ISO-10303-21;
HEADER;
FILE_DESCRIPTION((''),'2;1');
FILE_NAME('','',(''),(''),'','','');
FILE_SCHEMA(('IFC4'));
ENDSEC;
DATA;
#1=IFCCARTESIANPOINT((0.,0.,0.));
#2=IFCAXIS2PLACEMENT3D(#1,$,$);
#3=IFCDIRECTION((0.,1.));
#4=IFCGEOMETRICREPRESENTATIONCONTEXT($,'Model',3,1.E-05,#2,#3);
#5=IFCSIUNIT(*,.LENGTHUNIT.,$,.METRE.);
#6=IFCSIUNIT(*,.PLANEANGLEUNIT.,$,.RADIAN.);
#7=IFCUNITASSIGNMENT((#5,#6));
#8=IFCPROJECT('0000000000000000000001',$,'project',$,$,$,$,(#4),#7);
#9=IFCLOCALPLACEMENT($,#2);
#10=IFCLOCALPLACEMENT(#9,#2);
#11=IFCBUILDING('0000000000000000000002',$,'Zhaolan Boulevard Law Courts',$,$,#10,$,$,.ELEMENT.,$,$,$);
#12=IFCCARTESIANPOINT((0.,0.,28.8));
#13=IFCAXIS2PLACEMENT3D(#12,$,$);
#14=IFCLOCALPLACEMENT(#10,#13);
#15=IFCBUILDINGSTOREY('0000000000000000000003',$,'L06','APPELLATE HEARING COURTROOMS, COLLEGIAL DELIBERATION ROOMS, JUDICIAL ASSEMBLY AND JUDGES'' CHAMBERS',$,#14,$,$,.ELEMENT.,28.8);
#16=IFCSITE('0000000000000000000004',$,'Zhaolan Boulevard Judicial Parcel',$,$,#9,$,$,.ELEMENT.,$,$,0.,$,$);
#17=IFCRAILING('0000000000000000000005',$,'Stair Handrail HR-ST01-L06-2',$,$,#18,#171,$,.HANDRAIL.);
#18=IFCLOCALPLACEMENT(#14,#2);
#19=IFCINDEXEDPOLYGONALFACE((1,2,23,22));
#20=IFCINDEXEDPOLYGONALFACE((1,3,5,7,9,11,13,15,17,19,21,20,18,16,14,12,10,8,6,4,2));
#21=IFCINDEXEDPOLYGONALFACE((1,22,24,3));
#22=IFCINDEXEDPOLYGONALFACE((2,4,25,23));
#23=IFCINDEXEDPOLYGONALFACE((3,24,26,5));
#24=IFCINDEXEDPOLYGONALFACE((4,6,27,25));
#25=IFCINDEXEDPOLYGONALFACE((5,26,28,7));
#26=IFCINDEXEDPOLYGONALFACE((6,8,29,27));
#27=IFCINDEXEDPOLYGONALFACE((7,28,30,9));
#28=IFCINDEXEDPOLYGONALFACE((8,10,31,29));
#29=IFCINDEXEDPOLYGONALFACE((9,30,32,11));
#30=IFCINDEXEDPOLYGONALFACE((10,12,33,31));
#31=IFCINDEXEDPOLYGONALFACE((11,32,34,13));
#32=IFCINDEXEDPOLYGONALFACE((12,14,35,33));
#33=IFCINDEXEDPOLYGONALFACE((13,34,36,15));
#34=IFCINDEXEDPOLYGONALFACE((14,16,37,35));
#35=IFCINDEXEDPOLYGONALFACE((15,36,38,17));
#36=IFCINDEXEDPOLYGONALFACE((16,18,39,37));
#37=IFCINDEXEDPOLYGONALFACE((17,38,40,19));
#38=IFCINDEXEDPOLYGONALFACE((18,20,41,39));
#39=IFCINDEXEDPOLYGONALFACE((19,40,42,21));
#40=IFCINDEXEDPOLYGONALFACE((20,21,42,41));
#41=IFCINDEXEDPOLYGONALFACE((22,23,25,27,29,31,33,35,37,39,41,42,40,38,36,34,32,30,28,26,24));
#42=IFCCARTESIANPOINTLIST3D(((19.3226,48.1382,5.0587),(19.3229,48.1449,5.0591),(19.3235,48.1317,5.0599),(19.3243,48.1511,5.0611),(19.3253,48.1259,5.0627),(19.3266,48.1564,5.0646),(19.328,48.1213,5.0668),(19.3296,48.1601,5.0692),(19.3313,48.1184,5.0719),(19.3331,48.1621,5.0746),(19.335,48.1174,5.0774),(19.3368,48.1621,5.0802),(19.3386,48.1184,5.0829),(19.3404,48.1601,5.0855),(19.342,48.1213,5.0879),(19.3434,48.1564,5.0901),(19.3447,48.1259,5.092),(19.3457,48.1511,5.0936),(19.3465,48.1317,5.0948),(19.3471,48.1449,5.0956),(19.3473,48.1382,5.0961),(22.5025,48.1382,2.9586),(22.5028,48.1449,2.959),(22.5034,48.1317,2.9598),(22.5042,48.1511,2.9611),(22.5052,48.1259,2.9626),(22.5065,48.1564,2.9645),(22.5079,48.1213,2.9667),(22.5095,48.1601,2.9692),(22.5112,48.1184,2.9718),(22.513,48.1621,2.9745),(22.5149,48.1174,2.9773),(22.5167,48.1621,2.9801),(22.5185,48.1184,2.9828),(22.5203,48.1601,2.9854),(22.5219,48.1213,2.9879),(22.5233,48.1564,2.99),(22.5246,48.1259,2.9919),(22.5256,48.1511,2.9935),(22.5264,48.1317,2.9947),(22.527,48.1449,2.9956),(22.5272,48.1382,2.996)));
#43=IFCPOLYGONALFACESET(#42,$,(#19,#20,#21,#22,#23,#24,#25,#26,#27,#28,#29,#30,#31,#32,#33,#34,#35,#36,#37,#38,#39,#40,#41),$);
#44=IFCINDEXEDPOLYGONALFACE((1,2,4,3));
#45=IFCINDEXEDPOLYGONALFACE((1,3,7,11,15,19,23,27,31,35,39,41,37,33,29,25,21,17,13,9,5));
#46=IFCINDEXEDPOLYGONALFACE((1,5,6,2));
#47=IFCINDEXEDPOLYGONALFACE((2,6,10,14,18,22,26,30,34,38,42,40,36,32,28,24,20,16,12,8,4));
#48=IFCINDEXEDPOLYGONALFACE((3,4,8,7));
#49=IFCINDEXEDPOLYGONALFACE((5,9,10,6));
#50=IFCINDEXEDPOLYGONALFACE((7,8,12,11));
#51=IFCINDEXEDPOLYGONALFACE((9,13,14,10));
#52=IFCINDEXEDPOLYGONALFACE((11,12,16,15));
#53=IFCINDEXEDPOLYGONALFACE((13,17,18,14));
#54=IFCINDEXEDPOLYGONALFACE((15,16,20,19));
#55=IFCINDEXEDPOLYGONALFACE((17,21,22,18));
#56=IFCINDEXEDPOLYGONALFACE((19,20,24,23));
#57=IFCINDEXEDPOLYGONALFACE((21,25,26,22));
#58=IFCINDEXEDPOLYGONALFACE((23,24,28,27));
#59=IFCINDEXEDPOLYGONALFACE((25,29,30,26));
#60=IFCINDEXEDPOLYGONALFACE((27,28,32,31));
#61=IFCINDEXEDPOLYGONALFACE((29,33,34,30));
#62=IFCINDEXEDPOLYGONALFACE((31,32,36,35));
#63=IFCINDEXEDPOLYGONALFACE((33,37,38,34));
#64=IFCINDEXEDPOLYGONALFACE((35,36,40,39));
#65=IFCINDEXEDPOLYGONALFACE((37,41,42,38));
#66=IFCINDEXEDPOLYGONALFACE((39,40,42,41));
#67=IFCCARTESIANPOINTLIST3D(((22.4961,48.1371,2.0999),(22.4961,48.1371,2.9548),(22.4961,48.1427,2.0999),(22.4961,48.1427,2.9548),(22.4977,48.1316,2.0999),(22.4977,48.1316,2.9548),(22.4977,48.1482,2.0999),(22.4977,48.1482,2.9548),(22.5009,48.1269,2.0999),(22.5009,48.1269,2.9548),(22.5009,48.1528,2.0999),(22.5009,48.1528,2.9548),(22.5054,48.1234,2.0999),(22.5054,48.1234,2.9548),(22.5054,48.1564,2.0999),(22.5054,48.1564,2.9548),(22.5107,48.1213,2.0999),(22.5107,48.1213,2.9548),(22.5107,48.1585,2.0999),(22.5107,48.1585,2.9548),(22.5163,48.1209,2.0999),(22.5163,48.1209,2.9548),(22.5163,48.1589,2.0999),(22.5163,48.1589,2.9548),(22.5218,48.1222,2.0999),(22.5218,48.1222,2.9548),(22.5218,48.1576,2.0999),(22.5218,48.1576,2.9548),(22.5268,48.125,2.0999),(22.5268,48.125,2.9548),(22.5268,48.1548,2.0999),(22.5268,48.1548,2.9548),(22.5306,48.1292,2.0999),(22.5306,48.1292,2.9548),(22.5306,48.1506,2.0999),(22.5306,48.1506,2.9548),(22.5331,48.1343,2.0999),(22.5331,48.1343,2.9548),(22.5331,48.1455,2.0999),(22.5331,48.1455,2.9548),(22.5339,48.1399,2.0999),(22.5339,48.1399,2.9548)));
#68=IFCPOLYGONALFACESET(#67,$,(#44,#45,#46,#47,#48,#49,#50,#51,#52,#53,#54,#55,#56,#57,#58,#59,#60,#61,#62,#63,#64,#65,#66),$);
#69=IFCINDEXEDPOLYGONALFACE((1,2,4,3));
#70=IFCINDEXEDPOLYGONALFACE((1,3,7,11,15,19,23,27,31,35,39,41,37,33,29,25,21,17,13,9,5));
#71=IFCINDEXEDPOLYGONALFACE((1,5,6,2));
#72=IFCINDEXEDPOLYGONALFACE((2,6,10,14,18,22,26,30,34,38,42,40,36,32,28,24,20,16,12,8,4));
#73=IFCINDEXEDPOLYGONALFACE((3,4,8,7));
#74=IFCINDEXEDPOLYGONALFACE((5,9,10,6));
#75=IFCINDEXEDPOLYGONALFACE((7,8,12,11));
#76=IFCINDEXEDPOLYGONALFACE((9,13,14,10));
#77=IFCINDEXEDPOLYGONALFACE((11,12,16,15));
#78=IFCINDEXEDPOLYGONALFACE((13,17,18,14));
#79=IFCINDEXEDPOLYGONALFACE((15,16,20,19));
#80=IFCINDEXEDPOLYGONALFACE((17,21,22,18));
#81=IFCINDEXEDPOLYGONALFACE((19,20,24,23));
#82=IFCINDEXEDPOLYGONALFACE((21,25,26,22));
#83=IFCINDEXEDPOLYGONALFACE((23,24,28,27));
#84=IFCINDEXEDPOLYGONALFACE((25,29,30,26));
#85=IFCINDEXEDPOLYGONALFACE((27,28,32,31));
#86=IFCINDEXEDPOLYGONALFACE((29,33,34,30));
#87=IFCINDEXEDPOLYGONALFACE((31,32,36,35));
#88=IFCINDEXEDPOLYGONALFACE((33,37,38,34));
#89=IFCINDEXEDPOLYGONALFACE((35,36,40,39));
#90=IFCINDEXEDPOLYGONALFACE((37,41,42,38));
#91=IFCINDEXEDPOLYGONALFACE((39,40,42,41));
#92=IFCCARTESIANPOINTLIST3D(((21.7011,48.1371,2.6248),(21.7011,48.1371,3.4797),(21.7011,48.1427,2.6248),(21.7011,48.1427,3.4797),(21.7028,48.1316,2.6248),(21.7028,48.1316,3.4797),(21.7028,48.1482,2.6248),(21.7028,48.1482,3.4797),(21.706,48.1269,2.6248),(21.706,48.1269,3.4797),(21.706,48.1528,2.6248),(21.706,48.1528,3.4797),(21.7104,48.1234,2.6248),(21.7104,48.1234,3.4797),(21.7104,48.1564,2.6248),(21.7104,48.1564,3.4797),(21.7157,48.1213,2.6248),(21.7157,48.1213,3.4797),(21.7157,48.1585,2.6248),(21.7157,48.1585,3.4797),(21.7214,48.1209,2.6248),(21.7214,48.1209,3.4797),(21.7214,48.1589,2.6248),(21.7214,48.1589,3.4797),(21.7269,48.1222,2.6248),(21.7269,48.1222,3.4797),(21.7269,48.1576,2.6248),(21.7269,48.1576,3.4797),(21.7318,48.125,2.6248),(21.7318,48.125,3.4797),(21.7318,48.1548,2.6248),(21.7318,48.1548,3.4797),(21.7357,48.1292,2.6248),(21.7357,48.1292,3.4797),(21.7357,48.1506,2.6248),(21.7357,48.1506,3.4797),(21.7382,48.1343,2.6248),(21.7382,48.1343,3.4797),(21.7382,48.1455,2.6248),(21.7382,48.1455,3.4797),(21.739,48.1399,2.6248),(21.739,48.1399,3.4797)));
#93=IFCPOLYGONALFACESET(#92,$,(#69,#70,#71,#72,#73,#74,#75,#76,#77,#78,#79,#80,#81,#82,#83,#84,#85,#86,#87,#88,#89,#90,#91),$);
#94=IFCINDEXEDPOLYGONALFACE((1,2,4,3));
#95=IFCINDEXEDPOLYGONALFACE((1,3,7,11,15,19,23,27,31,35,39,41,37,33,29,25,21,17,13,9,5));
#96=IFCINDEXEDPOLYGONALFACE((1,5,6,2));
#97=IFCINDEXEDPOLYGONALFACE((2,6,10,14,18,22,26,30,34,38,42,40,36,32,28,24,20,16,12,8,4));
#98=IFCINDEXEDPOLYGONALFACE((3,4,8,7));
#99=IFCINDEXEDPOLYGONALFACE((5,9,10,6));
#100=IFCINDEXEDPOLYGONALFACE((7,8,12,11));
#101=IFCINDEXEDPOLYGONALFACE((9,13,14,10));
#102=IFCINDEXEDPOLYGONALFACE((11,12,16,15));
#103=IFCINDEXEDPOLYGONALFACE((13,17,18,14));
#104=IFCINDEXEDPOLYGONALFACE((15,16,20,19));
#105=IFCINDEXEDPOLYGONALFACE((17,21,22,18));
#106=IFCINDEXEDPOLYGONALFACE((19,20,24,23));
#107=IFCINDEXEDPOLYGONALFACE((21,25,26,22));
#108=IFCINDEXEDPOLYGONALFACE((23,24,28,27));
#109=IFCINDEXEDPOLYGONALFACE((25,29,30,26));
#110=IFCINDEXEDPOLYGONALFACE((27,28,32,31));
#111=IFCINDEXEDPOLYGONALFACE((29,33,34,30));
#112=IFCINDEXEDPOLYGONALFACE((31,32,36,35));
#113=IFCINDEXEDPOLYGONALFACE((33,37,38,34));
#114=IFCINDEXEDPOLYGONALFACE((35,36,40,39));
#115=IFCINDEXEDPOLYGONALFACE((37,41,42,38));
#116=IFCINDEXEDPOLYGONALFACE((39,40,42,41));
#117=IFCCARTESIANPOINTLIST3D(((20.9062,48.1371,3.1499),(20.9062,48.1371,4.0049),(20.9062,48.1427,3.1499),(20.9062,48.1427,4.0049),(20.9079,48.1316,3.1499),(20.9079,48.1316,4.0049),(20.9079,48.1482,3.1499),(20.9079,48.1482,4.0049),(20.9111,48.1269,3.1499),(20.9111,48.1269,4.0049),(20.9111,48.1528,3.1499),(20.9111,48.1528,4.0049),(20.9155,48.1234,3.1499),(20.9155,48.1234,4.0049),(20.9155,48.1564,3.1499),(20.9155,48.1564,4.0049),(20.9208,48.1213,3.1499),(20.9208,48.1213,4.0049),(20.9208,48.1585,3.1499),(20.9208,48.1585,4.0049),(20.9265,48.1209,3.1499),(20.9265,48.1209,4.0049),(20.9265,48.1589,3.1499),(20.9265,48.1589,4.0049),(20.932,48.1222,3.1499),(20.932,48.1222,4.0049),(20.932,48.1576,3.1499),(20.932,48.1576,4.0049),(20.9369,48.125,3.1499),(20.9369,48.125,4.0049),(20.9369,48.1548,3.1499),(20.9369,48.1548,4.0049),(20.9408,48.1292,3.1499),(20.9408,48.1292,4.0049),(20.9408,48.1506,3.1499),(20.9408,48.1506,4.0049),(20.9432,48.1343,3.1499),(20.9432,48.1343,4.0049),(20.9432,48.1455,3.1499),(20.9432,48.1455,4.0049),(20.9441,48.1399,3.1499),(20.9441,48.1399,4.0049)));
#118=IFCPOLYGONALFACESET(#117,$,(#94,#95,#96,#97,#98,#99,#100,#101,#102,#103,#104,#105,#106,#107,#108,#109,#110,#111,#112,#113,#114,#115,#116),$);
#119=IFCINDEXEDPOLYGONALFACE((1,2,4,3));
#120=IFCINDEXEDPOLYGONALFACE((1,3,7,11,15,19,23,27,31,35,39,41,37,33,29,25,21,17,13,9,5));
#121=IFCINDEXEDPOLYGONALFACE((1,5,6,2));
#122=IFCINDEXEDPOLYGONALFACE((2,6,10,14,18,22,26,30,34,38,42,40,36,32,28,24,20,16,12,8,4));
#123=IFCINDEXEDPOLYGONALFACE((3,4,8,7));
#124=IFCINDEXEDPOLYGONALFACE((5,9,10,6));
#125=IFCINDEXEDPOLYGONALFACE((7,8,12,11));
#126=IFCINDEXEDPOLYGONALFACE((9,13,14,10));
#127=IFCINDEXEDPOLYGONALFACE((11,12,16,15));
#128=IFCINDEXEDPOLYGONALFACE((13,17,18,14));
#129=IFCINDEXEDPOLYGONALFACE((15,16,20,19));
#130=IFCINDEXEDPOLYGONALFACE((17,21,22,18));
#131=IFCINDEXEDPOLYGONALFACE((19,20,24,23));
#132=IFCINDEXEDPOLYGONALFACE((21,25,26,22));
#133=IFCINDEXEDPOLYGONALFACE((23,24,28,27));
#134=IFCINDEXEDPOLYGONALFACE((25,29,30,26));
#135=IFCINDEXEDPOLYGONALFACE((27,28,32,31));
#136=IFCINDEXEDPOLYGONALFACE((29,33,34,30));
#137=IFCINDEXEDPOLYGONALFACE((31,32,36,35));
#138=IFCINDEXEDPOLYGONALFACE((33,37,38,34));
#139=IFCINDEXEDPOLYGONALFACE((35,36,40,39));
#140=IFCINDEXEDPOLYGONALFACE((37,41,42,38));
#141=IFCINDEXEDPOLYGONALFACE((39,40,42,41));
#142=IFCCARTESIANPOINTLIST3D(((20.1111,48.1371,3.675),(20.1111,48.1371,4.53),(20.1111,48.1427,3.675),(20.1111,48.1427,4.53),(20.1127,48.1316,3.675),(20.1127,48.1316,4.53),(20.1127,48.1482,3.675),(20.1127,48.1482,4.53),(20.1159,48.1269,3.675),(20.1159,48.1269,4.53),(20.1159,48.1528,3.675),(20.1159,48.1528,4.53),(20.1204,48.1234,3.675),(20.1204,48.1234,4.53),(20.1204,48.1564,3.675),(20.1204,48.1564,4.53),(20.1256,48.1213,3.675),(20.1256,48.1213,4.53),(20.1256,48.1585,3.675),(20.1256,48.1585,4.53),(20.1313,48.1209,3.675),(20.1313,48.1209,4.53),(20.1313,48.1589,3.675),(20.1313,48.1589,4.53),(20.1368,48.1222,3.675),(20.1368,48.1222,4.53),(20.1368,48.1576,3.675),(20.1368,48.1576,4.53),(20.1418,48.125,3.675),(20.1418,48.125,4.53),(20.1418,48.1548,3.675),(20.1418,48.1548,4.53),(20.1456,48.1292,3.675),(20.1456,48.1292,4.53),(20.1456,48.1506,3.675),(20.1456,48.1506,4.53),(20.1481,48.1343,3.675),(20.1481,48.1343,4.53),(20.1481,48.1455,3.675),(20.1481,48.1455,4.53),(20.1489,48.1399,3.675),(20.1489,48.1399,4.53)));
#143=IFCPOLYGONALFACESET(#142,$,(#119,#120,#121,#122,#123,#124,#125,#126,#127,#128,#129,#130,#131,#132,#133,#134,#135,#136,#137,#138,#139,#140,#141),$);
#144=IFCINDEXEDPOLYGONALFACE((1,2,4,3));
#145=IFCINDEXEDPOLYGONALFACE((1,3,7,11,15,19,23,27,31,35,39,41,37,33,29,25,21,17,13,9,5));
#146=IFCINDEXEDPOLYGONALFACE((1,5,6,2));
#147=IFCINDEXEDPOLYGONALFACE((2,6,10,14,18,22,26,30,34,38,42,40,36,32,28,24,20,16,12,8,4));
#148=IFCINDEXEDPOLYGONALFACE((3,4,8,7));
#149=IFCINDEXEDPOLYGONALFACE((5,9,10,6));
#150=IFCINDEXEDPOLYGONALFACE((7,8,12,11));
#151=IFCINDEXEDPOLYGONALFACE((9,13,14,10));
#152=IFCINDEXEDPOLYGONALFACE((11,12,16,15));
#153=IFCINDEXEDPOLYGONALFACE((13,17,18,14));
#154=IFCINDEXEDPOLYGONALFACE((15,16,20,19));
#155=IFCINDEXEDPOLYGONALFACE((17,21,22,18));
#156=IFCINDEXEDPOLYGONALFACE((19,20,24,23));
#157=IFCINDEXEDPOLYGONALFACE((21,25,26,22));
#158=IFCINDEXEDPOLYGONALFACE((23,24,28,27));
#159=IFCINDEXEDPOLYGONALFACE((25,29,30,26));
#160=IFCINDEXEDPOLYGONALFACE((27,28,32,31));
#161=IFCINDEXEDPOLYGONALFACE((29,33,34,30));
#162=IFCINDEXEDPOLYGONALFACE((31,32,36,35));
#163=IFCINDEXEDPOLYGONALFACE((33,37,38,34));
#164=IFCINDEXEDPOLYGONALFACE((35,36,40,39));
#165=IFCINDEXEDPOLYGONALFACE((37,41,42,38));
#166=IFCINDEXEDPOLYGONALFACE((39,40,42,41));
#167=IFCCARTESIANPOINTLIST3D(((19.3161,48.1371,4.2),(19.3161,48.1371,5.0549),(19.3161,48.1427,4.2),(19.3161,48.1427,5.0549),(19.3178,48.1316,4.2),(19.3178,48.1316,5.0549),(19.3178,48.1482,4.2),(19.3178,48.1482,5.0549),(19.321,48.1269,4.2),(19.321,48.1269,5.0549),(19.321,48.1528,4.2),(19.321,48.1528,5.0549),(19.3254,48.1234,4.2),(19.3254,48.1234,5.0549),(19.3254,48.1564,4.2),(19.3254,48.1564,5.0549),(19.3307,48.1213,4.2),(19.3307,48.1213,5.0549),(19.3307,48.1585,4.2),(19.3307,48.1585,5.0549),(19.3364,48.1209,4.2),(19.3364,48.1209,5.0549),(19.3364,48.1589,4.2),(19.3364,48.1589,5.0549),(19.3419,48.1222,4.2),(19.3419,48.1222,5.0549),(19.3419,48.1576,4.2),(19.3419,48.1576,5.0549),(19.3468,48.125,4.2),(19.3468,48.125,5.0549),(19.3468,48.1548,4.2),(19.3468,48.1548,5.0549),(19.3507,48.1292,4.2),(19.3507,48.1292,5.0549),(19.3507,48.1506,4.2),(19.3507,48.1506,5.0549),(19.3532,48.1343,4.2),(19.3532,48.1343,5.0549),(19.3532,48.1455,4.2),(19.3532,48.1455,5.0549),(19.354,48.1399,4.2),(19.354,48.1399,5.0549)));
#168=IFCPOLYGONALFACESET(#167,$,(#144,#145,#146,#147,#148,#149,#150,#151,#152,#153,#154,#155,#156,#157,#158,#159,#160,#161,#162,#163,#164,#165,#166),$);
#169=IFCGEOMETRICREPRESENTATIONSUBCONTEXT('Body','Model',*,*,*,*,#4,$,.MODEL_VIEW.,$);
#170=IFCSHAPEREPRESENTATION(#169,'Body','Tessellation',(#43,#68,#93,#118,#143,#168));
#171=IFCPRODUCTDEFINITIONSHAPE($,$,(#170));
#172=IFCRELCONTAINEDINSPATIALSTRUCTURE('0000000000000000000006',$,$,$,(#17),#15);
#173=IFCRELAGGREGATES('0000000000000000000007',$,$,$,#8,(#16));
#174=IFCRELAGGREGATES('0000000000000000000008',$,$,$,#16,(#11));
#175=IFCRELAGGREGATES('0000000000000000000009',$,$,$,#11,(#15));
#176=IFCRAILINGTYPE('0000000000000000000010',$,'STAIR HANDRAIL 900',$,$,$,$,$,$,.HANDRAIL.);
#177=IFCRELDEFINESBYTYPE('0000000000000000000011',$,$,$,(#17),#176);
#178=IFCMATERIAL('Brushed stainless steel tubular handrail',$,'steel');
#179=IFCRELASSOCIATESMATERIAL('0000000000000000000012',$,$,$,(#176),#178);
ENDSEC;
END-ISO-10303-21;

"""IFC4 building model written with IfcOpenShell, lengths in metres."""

from ifc_helpers import new_model, si_unit, direction, frame, origin, origin_2d, place, context, subcontext, project, spatial, circle, extrude, material, type_object, element, save


model = new_model("IFC4")

# Units and contexts
model_context = context("Model", 3, precision=1e-05, world=origin(), true_north=direction((0.0, 1.0)))
body_context = subcontext(model_context, "Body", "Model", "MODEL_VIEW")
ifc_project = project(units=[si_unit("LENGTHUNIT", "METRE"), si_unit("PLANEANGLEUNIT", "RADIAN")], contexts=[model_context])

# Site, building, storey
site_placement = place(None, origin())
site = spatial("IfcSite", under=ifc_project, at=site_placement, Name="Zhaolan Boulevard Judicial Parcel", CompositionType="ELEMENT", RefElevation=0.0)
building_placement = place(site_placement, origin())
building = spatial("IfcBuilding", under=site, at=building_placement, Name="Zhaolan Boulevard Law Courts", CompositionType="ELEMENT")
storey_placement = place(building_placement, frame((0.0, 0.0, 28.8)))
storey = spatial("IfcBuildingStorey", under=building, at=storey_placement, Name="L06", Description="APPELLATE HEARING COURTROOMS, COLLEGIAL DELIBERATION ROOMS, JUDICIAL ASSEMBLY AND JUDGES' CHAMBERS", CompositionType="ELEMENT", Elevation=28.8)

# Railing
ifc_material_1 = material(Name="Brushed stainless steel tubular handrail", Category="steel")
railing_type_1 = type_object("IfcRailingType", Name="STAIR HANDRAIL 900", PredefinedType="HANDRAIL", material=ifc_material_1)
railing_1_placement = place(storey_placement, frame((22.5149, 48.1399, 2.0999)))
element("IfcRailing", 1, at=railing_1_placement, inside=storey, type_object=railing_type_1, Name="Stair Handrail HR-ST01-L06-2", PredefinedType="HANDRAIL", context=body_context, shape_type="SweptSolid", body=[
    extrude(circle(Radius=0.0225, at=origin_2d()), frame((0.0, 0.0, 0.8774), z_axis=(-0.834447, 0.0, 0.551088), x_axis=(0.0, -1.0, 0.0)), (0.0, 0.0, 1.0), 3.8108),
    extrude(circle(Radius=0.019, at=origin_2d()), origin(), (0.0, 0.0, 1.0), 0.855),
    extrude(circle(Radius=0.019, at=origin_2d()), frame((-0.7949, 0.0, 0.5249)), (0.0, 0.0, 1.0), 0.855),
    extrude(circle(Radius=0.019, at=origin_2d()), frame((-1.5898, 0.0, 1.05)), (0.0, 0.0, 1.0), 0.855),
    extrude(circle(Radius=0.019, at=origin_2d()), frame((-2.385, 0.0, 1.5752)), (0.0, 0.0, 1.0), 0.855),
    extrude(circle(Radius=0.019, at=origin_2d()), frame((-3.1799, 0.0, 2.1001)), (0.0, 0.0, 1.0), 0.855),
])

save(model, "model.ifc")
